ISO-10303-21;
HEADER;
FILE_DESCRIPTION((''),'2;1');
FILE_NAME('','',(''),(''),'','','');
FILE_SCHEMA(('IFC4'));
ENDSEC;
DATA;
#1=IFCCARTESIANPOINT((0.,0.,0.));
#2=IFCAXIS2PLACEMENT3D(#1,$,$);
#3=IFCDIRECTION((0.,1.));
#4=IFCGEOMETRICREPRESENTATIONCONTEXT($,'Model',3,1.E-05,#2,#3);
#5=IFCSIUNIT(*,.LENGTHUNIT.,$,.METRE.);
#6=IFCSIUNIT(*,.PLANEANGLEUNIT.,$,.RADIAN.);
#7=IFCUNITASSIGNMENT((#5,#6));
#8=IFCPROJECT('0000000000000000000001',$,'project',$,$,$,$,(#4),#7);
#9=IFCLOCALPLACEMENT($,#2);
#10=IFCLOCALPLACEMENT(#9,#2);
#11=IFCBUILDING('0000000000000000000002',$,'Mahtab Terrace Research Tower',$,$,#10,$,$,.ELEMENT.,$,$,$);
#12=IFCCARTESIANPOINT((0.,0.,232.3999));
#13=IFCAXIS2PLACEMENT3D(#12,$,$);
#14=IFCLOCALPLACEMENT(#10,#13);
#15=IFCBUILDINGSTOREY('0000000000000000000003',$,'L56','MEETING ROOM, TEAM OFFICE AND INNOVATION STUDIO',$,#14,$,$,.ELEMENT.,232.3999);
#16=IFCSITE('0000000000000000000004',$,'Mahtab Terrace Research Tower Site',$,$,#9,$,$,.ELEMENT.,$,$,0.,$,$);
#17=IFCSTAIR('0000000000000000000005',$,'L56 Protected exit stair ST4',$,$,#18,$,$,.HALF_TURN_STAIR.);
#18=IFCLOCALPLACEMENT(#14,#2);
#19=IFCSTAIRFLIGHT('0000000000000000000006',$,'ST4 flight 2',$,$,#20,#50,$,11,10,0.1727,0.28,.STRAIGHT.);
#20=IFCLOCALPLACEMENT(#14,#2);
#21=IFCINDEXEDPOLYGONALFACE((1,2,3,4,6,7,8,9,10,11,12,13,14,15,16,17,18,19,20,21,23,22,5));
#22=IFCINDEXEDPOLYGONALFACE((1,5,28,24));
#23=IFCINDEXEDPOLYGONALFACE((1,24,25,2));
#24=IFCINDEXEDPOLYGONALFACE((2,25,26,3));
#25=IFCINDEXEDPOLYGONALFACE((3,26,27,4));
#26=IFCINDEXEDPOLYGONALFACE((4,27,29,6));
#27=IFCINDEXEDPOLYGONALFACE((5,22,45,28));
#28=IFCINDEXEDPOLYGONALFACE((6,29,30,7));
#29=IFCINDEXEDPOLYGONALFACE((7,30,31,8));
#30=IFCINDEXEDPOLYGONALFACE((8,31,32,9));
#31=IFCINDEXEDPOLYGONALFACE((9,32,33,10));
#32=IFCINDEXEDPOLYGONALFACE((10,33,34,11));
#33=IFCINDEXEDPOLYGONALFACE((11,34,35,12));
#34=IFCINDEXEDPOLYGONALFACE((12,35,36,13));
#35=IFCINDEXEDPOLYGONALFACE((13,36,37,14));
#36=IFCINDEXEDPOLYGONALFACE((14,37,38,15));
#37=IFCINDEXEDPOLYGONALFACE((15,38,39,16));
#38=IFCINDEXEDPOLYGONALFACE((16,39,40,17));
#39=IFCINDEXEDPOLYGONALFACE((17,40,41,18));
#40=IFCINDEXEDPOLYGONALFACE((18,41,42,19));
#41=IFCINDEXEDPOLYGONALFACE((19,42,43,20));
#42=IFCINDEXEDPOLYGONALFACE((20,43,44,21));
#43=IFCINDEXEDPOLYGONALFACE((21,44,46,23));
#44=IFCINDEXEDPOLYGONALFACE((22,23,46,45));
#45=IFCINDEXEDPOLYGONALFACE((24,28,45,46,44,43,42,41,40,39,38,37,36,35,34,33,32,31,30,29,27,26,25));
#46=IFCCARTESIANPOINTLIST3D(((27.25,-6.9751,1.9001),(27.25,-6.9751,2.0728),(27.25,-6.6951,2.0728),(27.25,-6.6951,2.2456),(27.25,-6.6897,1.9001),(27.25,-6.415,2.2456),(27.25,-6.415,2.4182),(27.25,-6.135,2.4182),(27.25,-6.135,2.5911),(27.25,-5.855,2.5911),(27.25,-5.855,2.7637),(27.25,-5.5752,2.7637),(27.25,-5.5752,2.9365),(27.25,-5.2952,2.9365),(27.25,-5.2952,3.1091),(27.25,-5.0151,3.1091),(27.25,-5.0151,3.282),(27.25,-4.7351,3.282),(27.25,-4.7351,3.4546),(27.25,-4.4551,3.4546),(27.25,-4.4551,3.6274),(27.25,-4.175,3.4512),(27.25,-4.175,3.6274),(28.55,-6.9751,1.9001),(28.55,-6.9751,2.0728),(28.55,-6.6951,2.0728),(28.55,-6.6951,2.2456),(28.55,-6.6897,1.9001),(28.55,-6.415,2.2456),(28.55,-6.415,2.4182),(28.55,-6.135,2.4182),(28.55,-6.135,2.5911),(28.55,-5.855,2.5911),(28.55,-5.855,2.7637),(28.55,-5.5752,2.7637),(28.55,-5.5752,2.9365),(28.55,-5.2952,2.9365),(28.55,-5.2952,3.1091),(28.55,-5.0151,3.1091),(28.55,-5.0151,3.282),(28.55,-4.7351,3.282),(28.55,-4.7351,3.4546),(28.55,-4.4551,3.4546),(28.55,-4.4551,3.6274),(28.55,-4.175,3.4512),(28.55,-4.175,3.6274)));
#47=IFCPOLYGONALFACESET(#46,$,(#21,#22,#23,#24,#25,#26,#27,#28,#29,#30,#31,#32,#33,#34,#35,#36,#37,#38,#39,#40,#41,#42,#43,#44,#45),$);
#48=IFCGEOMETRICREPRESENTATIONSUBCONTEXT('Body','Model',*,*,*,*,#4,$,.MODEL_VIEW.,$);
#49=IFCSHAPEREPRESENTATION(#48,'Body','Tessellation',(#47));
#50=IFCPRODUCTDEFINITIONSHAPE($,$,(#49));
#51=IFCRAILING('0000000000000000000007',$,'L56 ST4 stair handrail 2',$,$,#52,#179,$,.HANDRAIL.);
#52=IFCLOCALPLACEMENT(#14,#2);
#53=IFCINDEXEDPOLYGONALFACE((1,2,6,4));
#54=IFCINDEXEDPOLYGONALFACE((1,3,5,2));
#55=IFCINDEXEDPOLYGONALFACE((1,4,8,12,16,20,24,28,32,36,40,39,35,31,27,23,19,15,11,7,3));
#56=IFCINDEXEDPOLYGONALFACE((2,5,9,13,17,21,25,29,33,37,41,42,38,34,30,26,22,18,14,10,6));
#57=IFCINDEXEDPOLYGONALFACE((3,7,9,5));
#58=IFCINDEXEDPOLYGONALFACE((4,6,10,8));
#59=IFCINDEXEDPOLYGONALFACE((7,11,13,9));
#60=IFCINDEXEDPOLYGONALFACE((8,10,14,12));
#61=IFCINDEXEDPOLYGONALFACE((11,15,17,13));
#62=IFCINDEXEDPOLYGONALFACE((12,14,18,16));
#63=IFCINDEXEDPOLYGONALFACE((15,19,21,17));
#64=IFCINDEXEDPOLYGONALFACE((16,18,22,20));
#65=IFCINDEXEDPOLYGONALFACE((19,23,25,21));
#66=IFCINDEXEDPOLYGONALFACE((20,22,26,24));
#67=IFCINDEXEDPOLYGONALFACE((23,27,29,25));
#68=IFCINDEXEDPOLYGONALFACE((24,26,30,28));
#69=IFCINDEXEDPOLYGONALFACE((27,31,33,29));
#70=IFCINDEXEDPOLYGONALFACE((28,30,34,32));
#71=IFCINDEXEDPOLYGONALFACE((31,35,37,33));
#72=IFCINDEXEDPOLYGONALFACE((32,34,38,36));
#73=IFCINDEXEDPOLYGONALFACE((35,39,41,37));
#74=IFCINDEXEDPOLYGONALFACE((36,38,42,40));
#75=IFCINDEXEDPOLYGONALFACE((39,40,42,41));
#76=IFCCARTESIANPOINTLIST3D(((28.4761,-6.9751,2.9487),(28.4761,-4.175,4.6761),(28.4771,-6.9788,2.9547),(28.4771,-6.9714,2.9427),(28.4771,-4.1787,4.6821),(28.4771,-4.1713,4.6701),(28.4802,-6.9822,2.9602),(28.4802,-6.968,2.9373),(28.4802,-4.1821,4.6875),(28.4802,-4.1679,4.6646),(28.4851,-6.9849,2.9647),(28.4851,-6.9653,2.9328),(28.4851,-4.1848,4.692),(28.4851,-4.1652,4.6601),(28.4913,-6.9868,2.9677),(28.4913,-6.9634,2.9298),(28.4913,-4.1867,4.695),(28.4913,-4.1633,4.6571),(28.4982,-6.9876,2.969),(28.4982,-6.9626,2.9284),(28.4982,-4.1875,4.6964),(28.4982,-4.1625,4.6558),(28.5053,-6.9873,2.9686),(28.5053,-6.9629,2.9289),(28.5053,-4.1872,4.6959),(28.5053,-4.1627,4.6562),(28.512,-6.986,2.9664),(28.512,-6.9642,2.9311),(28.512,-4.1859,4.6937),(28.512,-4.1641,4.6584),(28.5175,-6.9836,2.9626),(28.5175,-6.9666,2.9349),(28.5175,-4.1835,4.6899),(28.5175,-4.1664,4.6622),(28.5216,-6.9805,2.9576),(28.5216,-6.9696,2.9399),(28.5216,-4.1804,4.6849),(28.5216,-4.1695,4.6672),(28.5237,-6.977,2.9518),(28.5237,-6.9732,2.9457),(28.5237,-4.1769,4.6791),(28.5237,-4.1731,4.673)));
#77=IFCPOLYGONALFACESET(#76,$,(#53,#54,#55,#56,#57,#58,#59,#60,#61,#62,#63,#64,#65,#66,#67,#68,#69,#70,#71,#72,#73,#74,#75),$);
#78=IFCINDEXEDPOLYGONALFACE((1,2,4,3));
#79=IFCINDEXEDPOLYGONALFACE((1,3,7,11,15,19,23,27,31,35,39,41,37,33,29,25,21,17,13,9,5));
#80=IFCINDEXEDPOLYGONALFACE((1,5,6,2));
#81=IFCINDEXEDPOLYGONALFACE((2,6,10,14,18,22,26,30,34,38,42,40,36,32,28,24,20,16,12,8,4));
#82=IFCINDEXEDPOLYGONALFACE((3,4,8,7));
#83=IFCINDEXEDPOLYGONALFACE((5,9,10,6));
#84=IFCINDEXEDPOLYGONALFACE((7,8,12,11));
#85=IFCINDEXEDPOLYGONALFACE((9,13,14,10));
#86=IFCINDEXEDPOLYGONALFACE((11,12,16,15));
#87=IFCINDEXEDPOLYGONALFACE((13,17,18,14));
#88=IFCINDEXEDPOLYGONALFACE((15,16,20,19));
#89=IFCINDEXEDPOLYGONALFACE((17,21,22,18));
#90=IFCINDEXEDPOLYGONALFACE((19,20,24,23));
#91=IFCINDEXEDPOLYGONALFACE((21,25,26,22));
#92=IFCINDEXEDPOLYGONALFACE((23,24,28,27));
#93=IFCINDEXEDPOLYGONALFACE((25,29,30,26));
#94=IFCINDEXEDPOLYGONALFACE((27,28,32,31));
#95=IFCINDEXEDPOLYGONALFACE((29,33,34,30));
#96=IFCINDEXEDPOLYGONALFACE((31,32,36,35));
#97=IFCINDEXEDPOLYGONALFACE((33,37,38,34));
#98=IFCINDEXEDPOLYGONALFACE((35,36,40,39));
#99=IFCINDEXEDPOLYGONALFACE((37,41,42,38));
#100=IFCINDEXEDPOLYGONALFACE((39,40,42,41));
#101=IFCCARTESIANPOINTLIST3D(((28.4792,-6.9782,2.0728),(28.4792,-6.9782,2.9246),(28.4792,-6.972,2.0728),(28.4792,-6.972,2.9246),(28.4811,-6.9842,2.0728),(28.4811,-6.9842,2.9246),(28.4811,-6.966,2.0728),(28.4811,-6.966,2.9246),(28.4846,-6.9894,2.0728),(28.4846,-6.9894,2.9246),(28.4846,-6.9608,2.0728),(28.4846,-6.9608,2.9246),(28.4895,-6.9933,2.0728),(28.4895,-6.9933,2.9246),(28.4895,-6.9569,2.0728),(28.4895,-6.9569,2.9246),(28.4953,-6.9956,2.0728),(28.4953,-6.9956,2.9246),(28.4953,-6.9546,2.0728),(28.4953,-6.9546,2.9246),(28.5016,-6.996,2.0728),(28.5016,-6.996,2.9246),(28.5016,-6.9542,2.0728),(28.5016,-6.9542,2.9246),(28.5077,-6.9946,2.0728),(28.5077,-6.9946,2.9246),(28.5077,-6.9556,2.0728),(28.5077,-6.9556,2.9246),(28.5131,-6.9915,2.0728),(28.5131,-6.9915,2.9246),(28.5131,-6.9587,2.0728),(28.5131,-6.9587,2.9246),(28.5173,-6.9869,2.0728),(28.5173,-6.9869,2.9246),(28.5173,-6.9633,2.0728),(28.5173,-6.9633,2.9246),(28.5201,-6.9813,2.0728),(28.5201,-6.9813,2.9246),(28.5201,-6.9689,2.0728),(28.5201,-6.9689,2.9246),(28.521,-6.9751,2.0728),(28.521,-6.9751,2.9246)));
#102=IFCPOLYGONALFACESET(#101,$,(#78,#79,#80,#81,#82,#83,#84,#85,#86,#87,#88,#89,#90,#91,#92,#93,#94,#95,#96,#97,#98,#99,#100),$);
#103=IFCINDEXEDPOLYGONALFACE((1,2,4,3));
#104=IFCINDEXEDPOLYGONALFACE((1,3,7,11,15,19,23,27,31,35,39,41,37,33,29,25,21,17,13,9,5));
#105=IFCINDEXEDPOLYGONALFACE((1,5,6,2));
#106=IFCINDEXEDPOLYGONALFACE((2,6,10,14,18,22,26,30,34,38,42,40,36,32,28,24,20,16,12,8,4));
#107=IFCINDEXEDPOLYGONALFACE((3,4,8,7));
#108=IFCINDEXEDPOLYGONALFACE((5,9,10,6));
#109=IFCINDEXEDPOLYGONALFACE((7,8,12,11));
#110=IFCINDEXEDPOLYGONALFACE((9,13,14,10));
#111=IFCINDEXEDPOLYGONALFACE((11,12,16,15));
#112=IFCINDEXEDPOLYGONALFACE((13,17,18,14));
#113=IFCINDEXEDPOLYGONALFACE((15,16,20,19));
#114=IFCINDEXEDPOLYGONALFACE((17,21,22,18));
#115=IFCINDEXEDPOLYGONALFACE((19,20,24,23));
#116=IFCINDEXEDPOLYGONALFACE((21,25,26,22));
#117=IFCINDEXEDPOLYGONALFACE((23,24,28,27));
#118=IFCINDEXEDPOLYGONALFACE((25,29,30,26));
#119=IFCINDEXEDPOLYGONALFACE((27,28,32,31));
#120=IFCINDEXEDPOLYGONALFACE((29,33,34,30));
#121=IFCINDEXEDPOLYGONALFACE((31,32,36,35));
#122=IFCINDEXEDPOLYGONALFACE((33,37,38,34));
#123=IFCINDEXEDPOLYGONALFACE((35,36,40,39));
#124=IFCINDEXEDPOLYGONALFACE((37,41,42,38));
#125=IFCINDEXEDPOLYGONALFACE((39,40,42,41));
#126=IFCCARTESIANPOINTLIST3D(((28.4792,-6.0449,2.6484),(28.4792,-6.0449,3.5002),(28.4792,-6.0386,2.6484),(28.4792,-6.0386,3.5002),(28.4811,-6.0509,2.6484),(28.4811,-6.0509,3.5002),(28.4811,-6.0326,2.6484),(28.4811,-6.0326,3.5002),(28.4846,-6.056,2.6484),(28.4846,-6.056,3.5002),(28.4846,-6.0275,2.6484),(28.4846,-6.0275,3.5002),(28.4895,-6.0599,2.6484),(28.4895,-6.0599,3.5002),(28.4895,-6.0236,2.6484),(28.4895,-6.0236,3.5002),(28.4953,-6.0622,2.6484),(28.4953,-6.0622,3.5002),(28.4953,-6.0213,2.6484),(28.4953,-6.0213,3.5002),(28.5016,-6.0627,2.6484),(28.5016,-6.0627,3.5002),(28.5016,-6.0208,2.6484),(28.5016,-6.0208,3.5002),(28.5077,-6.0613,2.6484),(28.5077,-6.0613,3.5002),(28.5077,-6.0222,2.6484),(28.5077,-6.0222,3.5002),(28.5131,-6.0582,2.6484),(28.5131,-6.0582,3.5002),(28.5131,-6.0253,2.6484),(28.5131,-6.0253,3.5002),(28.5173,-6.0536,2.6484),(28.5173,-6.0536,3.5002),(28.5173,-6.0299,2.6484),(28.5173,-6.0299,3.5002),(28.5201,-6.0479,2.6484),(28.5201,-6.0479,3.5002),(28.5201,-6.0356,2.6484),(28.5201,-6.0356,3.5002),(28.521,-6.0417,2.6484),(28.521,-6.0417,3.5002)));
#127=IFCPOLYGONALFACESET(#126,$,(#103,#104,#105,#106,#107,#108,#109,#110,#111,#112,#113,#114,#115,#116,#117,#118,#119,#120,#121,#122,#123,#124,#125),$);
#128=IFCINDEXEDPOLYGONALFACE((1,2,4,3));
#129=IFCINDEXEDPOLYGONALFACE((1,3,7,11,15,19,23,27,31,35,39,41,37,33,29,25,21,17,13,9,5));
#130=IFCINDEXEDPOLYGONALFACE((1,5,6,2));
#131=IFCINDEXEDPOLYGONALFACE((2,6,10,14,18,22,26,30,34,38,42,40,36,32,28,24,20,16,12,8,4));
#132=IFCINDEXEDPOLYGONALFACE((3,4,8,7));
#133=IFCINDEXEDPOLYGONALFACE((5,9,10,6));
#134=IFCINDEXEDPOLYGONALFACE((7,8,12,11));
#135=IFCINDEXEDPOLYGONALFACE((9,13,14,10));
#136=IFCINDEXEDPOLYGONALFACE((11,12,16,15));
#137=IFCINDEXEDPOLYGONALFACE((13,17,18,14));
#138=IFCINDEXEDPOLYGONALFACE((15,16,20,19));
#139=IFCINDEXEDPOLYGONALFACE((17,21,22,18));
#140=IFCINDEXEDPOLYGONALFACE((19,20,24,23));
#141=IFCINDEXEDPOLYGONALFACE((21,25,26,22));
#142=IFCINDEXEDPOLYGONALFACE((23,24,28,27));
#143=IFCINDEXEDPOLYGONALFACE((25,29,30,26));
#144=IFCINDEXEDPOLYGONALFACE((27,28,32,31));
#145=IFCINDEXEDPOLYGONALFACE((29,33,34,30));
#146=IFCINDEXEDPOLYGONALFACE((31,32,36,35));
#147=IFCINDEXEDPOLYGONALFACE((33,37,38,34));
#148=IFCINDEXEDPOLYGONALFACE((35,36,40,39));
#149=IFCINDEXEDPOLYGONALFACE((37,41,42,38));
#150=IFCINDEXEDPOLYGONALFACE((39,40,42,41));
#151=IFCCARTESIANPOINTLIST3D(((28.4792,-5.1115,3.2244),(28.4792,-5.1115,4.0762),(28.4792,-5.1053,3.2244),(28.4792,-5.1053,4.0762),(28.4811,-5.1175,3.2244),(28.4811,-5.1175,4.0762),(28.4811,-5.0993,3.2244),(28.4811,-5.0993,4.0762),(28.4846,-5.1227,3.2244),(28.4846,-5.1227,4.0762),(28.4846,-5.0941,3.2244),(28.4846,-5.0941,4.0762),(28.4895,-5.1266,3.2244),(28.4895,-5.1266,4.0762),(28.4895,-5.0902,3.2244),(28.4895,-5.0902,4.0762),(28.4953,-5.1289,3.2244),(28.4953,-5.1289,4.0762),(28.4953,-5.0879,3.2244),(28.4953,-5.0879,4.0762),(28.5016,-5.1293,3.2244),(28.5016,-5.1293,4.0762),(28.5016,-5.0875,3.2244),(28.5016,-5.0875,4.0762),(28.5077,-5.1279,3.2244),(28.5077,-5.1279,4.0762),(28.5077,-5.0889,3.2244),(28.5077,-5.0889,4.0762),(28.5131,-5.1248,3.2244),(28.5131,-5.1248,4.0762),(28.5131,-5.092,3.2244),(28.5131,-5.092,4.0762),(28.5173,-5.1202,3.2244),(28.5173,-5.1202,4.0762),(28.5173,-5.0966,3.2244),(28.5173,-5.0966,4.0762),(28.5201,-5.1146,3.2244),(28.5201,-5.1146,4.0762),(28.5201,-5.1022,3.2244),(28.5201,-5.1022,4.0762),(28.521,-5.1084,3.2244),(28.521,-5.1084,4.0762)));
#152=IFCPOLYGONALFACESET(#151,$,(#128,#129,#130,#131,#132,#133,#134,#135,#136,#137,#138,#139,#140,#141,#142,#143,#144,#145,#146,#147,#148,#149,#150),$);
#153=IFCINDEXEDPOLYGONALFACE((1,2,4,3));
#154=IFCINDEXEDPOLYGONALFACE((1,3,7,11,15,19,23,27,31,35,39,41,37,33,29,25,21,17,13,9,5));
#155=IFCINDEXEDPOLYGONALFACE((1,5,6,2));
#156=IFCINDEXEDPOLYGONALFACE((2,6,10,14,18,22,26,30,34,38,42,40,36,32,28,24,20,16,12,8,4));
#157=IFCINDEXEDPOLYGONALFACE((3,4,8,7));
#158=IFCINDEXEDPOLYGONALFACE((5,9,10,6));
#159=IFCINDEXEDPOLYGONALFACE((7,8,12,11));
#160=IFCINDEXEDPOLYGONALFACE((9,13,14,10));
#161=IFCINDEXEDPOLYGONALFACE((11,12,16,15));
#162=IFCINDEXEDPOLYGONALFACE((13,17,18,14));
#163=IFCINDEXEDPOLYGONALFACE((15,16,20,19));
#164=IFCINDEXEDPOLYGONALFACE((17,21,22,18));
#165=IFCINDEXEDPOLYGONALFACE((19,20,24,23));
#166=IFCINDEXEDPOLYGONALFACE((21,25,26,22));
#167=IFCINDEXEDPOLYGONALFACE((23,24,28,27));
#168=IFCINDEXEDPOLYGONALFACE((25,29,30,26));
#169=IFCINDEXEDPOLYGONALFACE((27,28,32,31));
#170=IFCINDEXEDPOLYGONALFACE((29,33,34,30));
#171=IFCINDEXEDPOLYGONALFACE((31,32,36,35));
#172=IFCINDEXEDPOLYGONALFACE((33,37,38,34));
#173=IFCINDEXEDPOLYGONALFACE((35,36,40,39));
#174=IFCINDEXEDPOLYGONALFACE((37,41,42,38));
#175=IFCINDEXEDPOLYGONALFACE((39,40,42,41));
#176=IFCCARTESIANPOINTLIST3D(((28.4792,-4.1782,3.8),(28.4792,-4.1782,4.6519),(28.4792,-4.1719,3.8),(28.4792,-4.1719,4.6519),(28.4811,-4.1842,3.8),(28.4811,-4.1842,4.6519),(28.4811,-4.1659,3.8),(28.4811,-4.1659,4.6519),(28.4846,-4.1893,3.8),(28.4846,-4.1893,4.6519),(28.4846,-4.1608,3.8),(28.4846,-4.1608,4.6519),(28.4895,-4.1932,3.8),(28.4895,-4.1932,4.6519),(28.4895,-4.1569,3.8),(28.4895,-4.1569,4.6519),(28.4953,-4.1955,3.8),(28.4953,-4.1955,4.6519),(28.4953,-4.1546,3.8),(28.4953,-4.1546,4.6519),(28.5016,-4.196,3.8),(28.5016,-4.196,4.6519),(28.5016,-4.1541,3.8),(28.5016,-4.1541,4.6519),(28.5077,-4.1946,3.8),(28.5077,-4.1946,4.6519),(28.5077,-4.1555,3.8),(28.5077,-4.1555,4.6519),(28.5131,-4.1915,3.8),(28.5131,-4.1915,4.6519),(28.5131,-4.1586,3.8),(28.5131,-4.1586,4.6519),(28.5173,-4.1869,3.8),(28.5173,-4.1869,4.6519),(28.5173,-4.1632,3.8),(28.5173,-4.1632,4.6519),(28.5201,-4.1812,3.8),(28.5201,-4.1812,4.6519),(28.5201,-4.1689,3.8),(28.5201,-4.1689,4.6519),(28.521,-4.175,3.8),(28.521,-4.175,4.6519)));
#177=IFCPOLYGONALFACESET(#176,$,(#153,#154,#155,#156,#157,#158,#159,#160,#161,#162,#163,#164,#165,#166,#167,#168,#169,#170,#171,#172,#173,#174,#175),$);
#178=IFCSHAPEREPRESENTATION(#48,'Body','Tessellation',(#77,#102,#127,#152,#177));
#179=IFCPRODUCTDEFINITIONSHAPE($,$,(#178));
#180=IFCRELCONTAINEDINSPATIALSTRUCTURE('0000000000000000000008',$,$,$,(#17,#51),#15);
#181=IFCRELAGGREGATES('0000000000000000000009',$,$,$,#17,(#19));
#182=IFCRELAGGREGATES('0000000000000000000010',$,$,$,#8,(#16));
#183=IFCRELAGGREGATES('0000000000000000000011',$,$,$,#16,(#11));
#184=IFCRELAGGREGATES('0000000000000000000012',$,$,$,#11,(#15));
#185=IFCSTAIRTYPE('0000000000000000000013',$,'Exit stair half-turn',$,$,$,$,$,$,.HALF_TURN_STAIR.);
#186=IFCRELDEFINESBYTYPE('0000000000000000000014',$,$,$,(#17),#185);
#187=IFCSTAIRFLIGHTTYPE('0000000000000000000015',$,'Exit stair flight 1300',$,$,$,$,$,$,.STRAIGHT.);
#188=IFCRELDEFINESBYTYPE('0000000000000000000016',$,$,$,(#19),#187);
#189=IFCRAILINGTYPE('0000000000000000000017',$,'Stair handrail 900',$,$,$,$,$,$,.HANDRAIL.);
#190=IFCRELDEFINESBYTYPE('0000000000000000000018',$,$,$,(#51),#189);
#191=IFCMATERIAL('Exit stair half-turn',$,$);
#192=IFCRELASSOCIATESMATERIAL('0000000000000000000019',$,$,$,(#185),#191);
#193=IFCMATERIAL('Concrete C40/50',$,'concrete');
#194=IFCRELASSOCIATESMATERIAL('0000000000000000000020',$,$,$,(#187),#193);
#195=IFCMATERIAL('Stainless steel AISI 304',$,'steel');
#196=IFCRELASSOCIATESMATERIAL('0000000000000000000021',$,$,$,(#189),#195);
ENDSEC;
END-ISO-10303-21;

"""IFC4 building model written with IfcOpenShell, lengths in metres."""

from ifc_helpers import new_model, si_unit, direction, frame, origin, origin_2d, place, context, subcontext, project, spatial, polyline, circle, outline, extrude, material, type_object, element, aggregate, save


model = new_model("IFC4")

# Units and contexts
model_context = context("Model", 3, precision=1e-05, world=origin(), true_north=direction((0.0, 1.0)))
body_context = subcontext(model_context, "Body", "Model", "MODEL_VIEW")
ifc_project = project(units=[si_unit("LENGTHUNIT", "METRE"), si_unit("PLANEANGLEUNIT", "RADIAN")], contexts=[model_context])

# Site, building, storey
site_placement = place(None, origin())
site = spatial("IfcSite", under=ifc_project, at=site_placement, Name="Mahtab Terrace Research Tower Site", CompositionType="ELEMENT", RefElevation=0.0)
building_placement = place(site_placement, origin())
building = spatial("IfcBuilding", under=site, at=building_placement, Name="Mahtab Terrace Research Tower", CompositionType="ELEMENT")
storey_placement = place(building_placement, frame((0.0, 0.0, 232.3999)))
storey = spatial("IfcBuildingStorey", under=building, at=storey_placement, Name="L56", Description="MEETING ROOM, TEAM OFFICE AND INNOVATION STUDIO", CompositionType="ELEMENT", Elevation=232.3999)

# Stair, stair flight
ifc_material_1 = material(Name="Exit stair half-turn")
stair_type = type_object("IfcStairType", Name="Exit stair half-turn", PredefinedType="HALF_TURN_STAIR", material=ifc_material_1)
stair_placement = place(storey_placement, origin())
stair = element("IfcStair", 1, at=stair_placement, inside=storey, type_object=stair_type, Name="L56 Protected exit stair ST4", PredefinedType="HALF_TURN_STAIR")
ifc_material_2 = material(Name="Concrete C40/50", Category="concrete")
stair_flight_type = type_object("IfcStairFlightType", Name="Exit stair flight 1300", PredefinedType="STRAIGHT", material=ifc_material_2)
stair_flight_placement = place(storey_placement, frame((27.8999, -6.9751, 1.9001), z_axis=(0.0, 0.0, 1.0), x_axis=(0.0, 1.0, 0.0)))
stair_flight = element("IfcStairFlight", 2, at=stair_flight_placement, type_object=stair_flight_type, Name="ST4 flight 2", NumberOfRisers=11, NumberOfTreads=10, PredefinedType="STRAIGHT", RiserHeight=0.1727, TreadLength=0.28, context=body_context, shape_type="SweptSolid", body=[
    extrude(outline(polyline([(0.0, 0.0), (0.0, 0.1726), (0.28, 0.1726), (0.28, 0.3455), (0.5601, 0.3455), (0.5601, 0.5181), (0.8401, 0.5181), (0.8401, 0.6909), (1.1201, 0.6909), (1.1201, 0.8635), (1.3999, 0.8635), (1.3999, 1.0364), (1.6799, 1.0364), (1.6799, 1.209), (1.96, 1.209), (1.96, 1.3818), (2.24, 1.3818), (2.24, 1.5544), (2.52, 1.5544), (2.52, 1.7273), (2.8, 1.7273), (2.8, 1.8999), (2.8, 1.551), (0.2854, 0.0), (0.0, 0.0)])), frame((0.0, 0.6499, 0.0), z_axis=(0.0, -1.0, 0.0), x_axis=(1.0, 0.0, 0.0)), (0.0, 0.0, 1.0), 1.3),
])
aggregate(stair, [stair_flight])

# Railing
ifc_material_3 = material(Name="Stainless steel AISI 304", Category="steel")
railing_type = type_object("IfcRailingType", Name="Stair handrail 900", PredefinedType="HANDRAIL", material=ifc_material_3)
railing_placement = place(storey_placement, frame((28.5, -6.9751, 2.0728)))
element("IfcRailing", 3, at=railing_placement, inside=storey, type_object=railing_type, Name="L56 ST4 stair handrail 2", PredefinedType="HANDRAIL", context=body_context, shape_type="SweptSolid", body=[
    extrude(circle(Radius=0.0239, at=origin_2d()), frame((0.0, 0.0, 0.876), z_axis=(0.0, 0.85109, 0.52502), x_axis=(-1.0, 0.0, 0.0)), (0.0, 0.0, 1.0), 3.29),
    extrude(circle(Radius=0.021, at=origin_2d()), origin(), (0.0, 0.0, 1.0), 0.8518),
    extrude(circle(Radius=0.021, at=origin_2d()), frame((0.0, 0.9333, 0.5757)), (0.0, 0.0, 1.0), 0.8518),
    extrude(circle(Radius=0.021, at=origin_2d()), frame((0.0, 1.8667, 1.1516)), (0.0, 0.0, 1.0), 0.8518),
    extrude(circle(Radius=0.021, at=origin_2d()), frame((0.0, 2.8, 1.7273)), (0.0, 0.0, 1.0), 0.8518),
])

save(model, "model.ifc")
